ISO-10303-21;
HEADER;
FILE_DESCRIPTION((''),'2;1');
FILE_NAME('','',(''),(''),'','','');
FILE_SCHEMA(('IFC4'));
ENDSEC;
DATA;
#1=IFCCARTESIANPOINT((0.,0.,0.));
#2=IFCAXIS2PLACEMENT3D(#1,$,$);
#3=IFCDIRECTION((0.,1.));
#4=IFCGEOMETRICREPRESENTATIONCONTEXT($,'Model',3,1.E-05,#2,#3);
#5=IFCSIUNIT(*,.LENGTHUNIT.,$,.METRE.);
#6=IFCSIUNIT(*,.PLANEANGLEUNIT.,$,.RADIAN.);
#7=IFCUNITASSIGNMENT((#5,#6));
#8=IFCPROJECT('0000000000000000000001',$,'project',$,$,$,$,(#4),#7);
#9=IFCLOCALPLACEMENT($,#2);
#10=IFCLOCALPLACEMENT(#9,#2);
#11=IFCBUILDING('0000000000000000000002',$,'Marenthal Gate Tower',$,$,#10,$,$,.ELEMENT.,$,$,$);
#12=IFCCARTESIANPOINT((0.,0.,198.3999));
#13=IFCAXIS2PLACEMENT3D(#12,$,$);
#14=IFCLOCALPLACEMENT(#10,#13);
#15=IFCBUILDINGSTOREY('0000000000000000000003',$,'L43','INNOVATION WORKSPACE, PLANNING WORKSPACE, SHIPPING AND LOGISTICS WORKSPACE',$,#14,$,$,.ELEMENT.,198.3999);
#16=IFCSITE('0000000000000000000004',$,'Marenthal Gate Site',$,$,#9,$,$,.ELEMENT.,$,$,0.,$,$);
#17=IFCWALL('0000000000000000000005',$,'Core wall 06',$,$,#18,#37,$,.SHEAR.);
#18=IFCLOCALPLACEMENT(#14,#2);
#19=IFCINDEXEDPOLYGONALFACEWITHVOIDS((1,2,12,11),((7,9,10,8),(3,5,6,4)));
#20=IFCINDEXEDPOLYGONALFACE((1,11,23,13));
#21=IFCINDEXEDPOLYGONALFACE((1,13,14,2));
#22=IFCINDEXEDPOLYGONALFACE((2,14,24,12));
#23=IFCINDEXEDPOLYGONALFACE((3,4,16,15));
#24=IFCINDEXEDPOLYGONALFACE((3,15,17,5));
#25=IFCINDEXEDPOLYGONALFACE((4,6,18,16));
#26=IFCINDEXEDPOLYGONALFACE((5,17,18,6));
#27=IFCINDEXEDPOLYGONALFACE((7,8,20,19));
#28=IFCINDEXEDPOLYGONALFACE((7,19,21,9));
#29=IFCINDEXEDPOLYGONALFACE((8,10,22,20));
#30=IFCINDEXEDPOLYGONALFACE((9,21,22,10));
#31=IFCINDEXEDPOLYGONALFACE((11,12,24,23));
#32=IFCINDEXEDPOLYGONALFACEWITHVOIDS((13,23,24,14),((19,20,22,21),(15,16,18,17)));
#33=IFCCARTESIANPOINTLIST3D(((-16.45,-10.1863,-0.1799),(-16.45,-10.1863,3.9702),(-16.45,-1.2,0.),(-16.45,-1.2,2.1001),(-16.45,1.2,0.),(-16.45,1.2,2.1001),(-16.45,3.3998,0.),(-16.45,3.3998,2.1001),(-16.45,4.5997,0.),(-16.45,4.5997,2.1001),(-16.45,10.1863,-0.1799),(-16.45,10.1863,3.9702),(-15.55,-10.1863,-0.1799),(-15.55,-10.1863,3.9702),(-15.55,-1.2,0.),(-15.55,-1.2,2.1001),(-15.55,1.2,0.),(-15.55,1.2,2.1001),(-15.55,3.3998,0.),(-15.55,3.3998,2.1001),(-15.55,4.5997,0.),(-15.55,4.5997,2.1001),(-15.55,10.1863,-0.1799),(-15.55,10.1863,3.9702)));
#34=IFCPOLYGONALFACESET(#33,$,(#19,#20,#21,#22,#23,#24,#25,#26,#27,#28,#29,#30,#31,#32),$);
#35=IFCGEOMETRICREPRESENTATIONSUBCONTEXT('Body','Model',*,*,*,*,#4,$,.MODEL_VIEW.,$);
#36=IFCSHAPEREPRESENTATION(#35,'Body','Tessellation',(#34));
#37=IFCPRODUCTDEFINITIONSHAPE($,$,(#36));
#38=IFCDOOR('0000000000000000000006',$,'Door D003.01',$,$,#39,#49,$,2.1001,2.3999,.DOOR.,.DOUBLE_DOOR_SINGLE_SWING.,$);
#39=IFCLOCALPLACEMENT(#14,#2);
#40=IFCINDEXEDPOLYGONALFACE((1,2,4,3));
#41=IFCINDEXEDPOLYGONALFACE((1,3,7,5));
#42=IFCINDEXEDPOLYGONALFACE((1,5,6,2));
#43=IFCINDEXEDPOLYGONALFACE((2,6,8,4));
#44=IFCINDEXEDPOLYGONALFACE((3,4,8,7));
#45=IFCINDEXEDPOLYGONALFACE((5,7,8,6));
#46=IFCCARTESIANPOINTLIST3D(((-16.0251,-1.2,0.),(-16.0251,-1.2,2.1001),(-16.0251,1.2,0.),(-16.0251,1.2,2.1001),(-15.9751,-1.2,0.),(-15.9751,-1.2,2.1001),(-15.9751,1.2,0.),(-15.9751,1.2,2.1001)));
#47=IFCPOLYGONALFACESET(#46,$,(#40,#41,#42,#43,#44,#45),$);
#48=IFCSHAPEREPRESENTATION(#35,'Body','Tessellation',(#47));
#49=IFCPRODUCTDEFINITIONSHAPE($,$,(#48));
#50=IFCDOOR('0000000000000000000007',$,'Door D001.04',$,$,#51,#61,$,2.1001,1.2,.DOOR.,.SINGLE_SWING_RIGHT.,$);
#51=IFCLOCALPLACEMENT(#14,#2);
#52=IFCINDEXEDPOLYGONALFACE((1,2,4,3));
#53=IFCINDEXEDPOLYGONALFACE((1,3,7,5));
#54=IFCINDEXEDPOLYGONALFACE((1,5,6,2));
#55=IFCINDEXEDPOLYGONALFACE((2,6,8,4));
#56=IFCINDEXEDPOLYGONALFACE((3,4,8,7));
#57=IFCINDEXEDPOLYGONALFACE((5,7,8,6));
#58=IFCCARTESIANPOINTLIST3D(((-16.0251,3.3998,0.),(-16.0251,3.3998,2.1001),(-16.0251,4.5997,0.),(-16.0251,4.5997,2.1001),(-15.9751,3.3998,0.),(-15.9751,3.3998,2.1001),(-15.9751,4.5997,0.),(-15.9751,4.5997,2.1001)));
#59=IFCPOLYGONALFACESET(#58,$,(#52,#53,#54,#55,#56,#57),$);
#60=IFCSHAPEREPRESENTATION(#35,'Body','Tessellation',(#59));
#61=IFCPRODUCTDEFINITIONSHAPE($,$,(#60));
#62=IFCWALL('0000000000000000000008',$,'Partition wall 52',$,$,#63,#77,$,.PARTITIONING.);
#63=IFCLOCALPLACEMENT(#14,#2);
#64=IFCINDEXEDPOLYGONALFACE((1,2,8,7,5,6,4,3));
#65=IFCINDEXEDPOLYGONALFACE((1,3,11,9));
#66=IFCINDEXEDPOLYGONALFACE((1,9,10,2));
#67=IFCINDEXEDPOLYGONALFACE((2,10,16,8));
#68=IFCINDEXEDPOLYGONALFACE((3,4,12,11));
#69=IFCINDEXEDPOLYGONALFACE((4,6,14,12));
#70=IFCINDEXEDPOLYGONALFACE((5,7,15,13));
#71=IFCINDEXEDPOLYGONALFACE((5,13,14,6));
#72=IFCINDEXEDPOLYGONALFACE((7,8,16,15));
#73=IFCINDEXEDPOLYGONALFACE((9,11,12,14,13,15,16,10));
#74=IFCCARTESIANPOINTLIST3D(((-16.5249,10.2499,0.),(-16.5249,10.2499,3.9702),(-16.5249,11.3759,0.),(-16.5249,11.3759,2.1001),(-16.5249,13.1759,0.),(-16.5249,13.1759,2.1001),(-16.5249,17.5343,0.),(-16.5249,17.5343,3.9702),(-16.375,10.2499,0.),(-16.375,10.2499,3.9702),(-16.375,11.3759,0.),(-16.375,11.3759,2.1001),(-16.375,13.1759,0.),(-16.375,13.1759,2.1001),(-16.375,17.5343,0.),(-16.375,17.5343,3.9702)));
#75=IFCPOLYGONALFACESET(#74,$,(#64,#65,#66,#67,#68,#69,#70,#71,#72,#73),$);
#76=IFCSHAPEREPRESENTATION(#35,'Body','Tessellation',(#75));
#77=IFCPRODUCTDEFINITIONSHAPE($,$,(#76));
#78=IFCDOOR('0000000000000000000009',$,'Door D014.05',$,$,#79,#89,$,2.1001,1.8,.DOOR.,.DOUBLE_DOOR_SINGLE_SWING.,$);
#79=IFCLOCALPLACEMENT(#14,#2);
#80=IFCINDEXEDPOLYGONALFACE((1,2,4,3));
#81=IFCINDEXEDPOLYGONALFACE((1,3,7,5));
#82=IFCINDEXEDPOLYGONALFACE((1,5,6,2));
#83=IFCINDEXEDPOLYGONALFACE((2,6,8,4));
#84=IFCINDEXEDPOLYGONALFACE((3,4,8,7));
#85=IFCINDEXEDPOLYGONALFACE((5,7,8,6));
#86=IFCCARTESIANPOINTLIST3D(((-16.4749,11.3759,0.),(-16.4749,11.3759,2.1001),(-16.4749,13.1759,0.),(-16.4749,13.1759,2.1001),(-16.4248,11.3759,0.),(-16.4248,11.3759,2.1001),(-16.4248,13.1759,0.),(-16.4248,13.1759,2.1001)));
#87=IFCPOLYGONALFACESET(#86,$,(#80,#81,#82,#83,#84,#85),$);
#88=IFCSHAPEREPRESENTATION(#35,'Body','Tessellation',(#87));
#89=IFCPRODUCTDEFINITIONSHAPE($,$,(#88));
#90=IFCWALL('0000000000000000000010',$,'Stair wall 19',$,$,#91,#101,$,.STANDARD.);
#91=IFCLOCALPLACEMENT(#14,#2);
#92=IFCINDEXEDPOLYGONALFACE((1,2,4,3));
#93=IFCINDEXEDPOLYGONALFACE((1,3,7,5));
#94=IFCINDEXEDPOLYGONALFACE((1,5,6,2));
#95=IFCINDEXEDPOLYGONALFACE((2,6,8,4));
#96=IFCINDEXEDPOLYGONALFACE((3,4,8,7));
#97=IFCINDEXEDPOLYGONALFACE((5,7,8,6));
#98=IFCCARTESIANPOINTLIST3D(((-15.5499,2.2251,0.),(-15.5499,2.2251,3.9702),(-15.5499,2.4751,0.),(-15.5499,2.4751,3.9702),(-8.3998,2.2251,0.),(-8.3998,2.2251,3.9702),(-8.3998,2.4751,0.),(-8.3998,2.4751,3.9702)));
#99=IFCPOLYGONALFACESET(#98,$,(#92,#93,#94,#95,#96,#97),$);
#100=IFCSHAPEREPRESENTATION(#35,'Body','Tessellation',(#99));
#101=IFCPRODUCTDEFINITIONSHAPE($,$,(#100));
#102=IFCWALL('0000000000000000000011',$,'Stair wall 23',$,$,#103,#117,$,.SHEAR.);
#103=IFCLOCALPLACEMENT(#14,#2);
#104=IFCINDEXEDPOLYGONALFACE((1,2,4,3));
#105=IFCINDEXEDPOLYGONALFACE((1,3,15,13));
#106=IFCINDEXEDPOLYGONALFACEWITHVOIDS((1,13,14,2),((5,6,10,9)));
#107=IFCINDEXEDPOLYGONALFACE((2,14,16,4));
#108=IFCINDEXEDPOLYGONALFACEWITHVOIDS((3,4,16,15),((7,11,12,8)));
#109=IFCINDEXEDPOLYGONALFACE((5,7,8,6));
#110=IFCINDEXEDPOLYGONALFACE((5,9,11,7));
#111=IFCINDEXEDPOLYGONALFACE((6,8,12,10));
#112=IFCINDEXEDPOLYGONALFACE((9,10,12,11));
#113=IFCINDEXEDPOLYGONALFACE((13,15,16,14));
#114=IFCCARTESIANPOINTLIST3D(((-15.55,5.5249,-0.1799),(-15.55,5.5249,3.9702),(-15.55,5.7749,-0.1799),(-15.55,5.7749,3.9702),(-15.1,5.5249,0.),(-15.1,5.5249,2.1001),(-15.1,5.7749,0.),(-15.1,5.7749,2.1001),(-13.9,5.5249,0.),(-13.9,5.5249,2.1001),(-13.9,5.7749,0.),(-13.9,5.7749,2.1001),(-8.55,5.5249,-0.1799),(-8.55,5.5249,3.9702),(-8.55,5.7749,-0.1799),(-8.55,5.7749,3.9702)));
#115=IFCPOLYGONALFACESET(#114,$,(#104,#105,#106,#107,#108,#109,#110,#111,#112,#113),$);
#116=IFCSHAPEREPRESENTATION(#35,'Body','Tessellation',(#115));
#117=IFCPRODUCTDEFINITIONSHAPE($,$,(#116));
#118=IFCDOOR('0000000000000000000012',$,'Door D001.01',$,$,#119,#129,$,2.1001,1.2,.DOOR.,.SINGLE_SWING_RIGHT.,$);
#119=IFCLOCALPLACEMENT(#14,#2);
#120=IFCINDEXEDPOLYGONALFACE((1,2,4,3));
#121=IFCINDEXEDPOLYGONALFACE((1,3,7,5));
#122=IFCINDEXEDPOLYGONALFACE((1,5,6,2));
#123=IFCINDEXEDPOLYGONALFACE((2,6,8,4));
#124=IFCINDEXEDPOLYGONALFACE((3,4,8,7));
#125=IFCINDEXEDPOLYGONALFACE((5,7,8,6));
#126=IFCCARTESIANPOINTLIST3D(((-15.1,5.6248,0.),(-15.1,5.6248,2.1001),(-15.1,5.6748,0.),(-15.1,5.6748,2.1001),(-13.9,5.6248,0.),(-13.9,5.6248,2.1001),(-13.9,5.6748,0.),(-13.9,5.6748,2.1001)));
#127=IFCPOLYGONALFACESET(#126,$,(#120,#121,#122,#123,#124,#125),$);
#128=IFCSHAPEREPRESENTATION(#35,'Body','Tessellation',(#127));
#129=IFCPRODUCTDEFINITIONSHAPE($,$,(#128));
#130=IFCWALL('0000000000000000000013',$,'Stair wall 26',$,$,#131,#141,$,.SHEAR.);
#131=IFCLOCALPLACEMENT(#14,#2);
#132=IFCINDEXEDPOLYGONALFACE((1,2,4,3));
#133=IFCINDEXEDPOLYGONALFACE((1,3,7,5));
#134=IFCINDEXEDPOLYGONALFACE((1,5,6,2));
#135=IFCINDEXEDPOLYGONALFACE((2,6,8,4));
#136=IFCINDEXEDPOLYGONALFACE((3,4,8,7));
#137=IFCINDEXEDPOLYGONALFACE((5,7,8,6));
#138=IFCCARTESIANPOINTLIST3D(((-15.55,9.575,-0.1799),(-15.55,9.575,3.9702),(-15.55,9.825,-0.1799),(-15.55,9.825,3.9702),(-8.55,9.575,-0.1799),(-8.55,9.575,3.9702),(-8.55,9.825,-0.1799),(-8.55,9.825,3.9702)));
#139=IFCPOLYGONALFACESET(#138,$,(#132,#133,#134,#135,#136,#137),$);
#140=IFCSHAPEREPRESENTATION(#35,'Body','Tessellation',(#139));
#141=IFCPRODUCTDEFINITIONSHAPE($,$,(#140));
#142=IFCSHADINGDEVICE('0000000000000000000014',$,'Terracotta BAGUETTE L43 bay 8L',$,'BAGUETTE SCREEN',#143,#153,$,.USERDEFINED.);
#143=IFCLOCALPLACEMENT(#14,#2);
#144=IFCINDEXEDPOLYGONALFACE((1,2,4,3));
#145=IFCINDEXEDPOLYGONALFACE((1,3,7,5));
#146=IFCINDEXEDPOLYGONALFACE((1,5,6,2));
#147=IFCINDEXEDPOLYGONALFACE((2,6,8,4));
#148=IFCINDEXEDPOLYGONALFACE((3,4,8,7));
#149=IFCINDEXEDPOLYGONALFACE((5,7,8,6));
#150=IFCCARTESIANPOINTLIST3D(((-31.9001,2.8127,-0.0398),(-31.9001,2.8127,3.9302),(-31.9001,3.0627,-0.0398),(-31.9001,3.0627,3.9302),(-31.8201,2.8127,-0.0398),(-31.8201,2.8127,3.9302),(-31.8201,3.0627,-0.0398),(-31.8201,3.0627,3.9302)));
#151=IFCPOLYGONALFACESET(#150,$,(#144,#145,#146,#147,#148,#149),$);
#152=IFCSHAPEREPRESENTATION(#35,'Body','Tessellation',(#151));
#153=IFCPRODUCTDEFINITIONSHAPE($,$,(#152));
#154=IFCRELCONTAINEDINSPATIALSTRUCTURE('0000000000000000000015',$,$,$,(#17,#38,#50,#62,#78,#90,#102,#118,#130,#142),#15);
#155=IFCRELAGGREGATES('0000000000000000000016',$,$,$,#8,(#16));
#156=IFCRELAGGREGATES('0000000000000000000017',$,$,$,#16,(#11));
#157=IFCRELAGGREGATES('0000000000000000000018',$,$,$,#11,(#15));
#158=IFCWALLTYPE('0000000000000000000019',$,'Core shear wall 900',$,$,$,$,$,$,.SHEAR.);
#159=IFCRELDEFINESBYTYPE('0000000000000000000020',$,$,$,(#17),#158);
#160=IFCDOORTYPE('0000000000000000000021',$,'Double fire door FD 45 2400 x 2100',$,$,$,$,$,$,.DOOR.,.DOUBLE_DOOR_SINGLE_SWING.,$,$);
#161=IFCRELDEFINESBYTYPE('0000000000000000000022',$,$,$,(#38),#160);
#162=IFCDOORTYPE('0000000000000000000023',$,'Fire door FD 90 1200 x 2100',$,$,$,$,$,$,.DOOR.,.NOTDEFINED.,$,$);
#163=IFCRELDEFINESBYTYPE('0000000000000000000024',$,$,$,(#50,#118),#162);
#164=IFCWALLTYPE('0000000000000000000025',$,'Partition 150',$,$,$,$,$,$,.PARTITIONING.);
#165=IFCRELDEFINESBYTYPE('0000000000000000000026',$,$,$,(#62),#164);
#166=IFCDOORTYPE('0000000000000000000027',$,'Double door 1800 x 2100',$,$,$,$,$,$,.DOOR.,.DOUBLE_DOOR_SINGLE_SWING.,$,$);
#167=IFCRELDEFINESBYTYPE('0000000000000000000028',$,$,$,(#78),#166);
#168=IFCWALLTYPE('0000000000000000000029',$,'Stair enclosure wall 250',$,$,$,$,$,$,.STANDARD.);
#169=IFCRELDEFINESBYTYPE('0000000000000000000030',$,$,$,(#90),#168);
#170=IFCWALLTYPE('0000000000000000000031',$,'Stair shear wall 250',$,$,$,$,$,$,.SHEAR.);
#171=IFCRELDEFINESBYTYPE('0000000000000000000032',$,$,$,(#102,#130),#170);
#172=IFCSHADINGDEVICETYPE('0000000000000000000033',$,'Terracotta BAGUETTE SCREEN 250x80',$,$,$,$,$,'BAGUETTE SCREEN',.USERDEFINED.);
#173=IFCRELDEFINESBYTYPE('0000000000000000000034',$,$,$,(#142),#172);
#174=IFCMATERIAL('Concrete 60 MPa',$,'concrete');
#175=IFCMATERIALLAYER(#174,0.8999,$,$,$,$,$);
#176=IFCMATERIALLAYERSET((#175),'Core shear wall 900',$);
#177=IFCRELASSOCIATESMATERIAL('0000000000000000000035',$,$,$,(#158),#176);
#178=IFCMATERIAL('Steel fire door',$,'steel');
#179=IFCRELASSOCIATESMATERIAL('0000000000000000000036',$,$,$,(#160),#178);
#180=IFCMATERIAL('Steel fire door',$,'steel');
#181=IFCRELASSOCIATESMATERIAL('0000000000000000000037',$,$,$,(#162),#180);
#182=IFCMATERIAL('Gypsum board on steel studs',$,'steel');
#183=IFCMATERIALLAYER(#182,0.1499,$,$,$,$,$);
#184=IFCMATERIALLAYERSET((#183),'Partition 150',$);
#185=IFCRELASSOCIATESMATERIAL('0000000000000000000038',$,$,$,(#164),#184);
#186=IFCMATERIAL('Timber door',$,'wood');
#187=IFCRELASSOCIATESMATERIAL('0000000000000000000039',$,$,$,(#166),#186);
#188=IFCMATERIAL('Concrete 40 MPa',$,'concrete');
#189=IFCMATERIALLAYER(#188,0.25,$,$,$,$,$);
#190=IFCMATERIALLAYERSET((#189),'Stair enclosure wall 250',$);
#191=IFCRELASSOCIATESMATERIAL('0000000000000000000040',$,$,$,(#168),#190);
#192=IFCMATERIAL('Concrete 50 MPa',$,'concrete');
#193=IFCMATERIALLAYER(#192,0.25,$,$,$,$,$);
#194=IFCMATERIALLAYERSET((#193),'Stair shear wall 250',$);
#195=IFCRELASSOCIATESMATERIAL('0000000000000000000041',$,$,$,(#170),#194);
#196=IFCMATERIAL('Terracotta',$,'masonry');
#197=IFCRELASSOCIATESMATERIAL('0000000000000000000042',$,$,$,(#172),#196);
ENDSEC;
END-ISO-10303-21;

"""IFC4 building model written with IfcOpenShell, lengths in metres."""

from ifc_helpers import new_model, si_unit, direction, frame, frame_2d, origin, origin_2d, place, context, subcontext, project, spatial, rectangle, extrude, material, layer, layer_set, material_profile, profile_set, type_object, element, fill, save


model = new_model("IFC4")

# Units and contexts
model_context = context("Model", 3, precision=1e-05, world=origin(), true_north=direction((0.0, 1.0)))
body_context = subcontext(model_context, "Body", "Model", "MODEL_VIEW")
ifc_project = project(units=[si_unit("LENGTHUNIT", "METRE"), si_unit("PLANEANGLEUNIT", "RADIAN")], contexts=[model_context])

# Site, building, storey
site_placement = place(None, origin())
site = spatial("IfcSite", under=ifc_project, at=site_placement, Name="Marenthal Gate Site", CompositionType="ELEMENT", RefElevation=0.0)
building_placement = place(site_placement, origin())
building = spatial("IfcBuilding", under=site, at=building_placement, Name="Marenthal Gate Tower", CompositionType="ELEMENT")
storey_placement = place(building_placement, frame((0.0, 0.0, 198.3999)))
storey = spatial("IfcBuildingStorey", under=building, at=storey_placement, Name="L43", Description="INNOVATION WORKSPACE, PLANNING WORKSPACE, SHIPPING AND LOGISTICS WORKSPACE", CompositionType="ELEMENT", Elevation=198.3999)

# Wall, openings, doors
ifc_material_1 = material(Name="Concrete 60 MPa", Category="concrete")
ifc_layer_1 = layer(ifc_material_1, 0.8999)
ifc_layer_set_1 = layer_set([ifc_layer_1], Name="Core shear wall 900")
wall_type_1 = type_object("IfcWallType", Name="Core shear wall 900", PredefinedType="SHEAR", material=ifc_layer_set_1)
wall_1_placement = place(storey_placement, frame((-16.0, 10.1863, -0.1799), z_axis=(0.0, 0.0, 1.0), x_axis=(0.0, -1.0, 0.0)))
wall_1 = element("IfcWall", 1, at=wall_1_placement, inside=storey, type_object=wall_type_1, Name="Core wall 06", PredefinedType="SHEAR", context=body_context, shape_type="SweptSolid", body=[
    extrude(rectangle(XDim=20.3726, YDim=0.8999, at=frame_2d((10.1863, 0.0))), origin(), (0.0, 0.0, 1.0), 4.1501),
])
opening_1_placement = place(wall_1_placement, frame((8.9863, 0.0, 0.1799)))
opening_1 = element("IfcOpeningElement", 2, at=opening_1_placement, cuts=wall_1, PredefinedType="OPENING", context=body_context, shape_type="SweptSolid", body=[
    extrude(rectangle(XDim=2.3999, YDim=2.1001, at=frame_2d((1.2, 1.05))), frame((0.0, 0.46, 0.0), z_axis=(0.0, -1.0, 0.0), x_axis=(1.0, 0.0, 0.0)), (0.0, 0.0, 1.0), 0.9199),
])
opening_2_placement = place(wall_1_placement, frame((5.5864, 0.0, 0.1799)))
opening_2 = element("IfcOpeningElement", 3, at=opening_2_placement, cuts=wall_1, PredefinedType="OPENING", context=body_context, shape_type="SweptSolid", body=[
    extrude(rectangle(XDim=1.2, YDim=2.1001, at=frame_2d((0.6001, 1.05))), frame((0.0, 0.46, 0.0), z_axis=(0.0, -1.0, 0.0), x_axis=(1.0, 0.0, 0.0)), (0.0, 0.0, 1.0), 0.9199),
])
ifc_material_2 = material(Name="Steel fire door", Category="steel")
door_type_1 = type_object("IfcDoorType", Name="Double fire door FD 45 2400 x 2100", OperationType="DOUBLE_DOOR_SINGLE_SWING", PredefinedType="DOOR", material=ifc_material_2)
door_1_placement = place(opening_1_placement, origin())
door_1 = element("IfcDoor", 4, at=door_1_placement, inside=storey, type_object=door_type_1, Name="Door D003.01", OperationType="DOUBLE_DOOR_SINGLE_SWING", OverallHeight=2.1001, OverallWidth=2.3999, PredefinedType="DOOR", context=body_context, shape_type="SweptSolid", body=[
    extrude(rectangle(XDim=2.3999, YDim=2.1001, at=frame_2d((1.2, 1.05))), frame((0.0, 0.0249, 0.0), z_axis=(0.0, -1.0, 0.0), x_axis=(1.0, 0.0, 0.0)), (0.0, 0.0, 1.0), 0.05),
])
fill(opening_1, door_1)
ifc_material_3 = material(Name="Steel fire door", Category="steel")
door_type_2 = type_object("IfcDoorType", Name="Fire door FD 90 1200 x 2100", OperationType="NOTDEFINED", PredefinedType="DOOR", material=ifc_material_3)
door_2_placement = place(opening_2_placement, origin())
door_2 = element("IfcDoor", 5, at=door_2_placement, inside=storey, type_object=door_type_2, Name="Door D001.04", OperationType="SINGLE_SWING_RIGHT", OverallHeight=2.1001, OverallWidth=1.2, PredefinedType="DOOR", context=body_context, shape_type="SweptSolid", body=[
    extrude(rectangle(XDim=1.2, YDim=2.1001, at=frame_2d((0.6001, 1.05))), frame((0.0, 0.0249, 0.0), z_axis=(0.0, -1.0, 0.0), x_axis=(1.0, 0.0, 0.0)), (0.0, 0.0, 1.0), 0.05),
])
fill(opening_2, door_2)

# Wall, opening, door
ifc_material_4 = material(Name="Gypsum board on steel studs", Category="steel")
ifc_layer_2 = layer(ifc_material_4, 0.1499)
ifc_layer_set_2 = layer_set([ifc_layer_2], Name="Partition 150")
wall_type_2 = type_object("IfcWallType", Name="Partition 150", PredefinedType="PARTITIONING", material=ifc_layer_set_2)
wall_2_placement = place(storey_placement, frame((-16.45, 10.25, 0.0), z_axis=(0.0, 0.0, 1.0), x_axis=(0.0, 1.0, 0.0)))
wall_2 = element("IfcWall", 6, at=wall_2_placement, inside=storey, type_object=wall_type_2, Name="Partition wall 52", PredefinedType="PARTITIONING", context=body_context, shape_type="SweptSolid", body=[
    extrude(rectangle(XDim=7.2844, YDim=0.1499, at=frame_2d((3.6421, 0.0))), origin(), (0.0, 0.0, 1.0), 3.9702),
])
opening_3_placement = place(wall_2_placement, frame((1.126, 0.0, 0.0)))
opening_3 = element("IfcOpeningElement", 7, at=opening_3_placement, cuts=wall_2, PredefinedType="OPENING", context=body_context, shape_type="SweptSolid", body=[
    extrude(rectangle(XDim=1.8, YDim=2.1001, at=frame_2d((0.8999, 1.05))), frame((0.0, 0.085, 0.0), z_axis=(0.0, -1.0, 0.0), x_axis=(1.0, 0.0, 0.0)), (0.0, 0.0, 1.0), 0.1699),
])
ifc_material_5 = material(Name="Timber door", Category="wood")
door_type_3 = type_object("IfcDoorType", Name="Double door 1800 x 2100", OperationType="DOUBLE_DOOR_SINGLE_SWING", PredefinedType="DOOR", material=ifc_material_5)
door_3_placement = place(opening_3_placement, origin())
door_3 = element("IfcDoor", 8, at=door_3_placement, inside=storey, type_object=door_type_3, Name="Door D014.05", OperationType="DOUBLE_DOOR_SINGLE_SWING", OverallHeight=2.1001, OverallWidth=1.8, PredefinedType="DOOR", context=body_context, shape_type="SweptSolid", body=[
    extrude(rectangle(XDim=1.8, YDim=2.1001, at=frame_2d((0.8999, 1.05))), frame((0.0, 0.0249, 0.0), z_axis=(0.0, -1.0, 0.0), x_axis=(1.0, 0.0, 0.0)), (0.0, 0.0, 1.0), 0.05),
])
fill(opening_3, door_3)

# Wall
ifc_material_6 = material(Name="Concrete 40 MPa", Category="concrete")
ifc_layer_3 = layer(ifc_material_6, 0.25)
ifc_layer_set_3 = layer_set([ifc_layer_3], Name="Stair enclosure wall 250")
wall_type_3 = type_object("IfcWallType", Name="Stair enclosure wall 250", PredefinedType="STANDARD", material=ifc_layer_set_3)
wall_3_placement = place(storey_placement, frame((-15.55, 2.3501, 0.0), z_axis=(0.0, 0.0, 1.0), x_axis=(1.0, 0.0, 0.0)))
element("IfcWall", 9, at=wall_3_placement, inside=storey, type_object=wall_type_3, Name="Stair wall 19", PredefinedType="STANDARD", context=body_context, shape_type="SweptSolid", body=[
    extrude(rectangle(XDim=7.1501, YDim=0.25, at=frame_2d((3.5752, 0.0))), origin(), (0.0, 0.0, 1.0), 3.9702),
])

# Wall, opening, door
ifc_material_7 = material(Name="Concrete 50 MPa", Category="concrete")
ifc_layer_4 = layer(ifc_material_7, 0.25)
ifc_layer_set_4 = layer_set([ifc_layer_4], Name="Stair shear wall 250")
wall_type_4 = type_object("IfcWallType", Name="Stair shear wall 250", PredefinedType="SHEAR", material=ifc_layer_set_4)
wall_4_placement = place(storey_placement, frame((-15.55, 5.6499, -0.1799), z_axis=(0.0, 0.0, 1.0), x_axis=(1.0, 0.0, 0.0)))
wall_4 = element("IfcWall", 10, at=wall_4_placement, inside=storey, type_object=wall_type_4, Name="Stair wall 23", PredefinedType="SHEAR", context=body_context, shape_type="SweptSolid", body=[
    extrude(rectangle(XDim=7.0, YDim=0.25, at=frame_2d((3.5, 0.0))), origin(), (0.0, 0.0, 1.0), 4.1501),
])
opening_4_placement = place(wall_4_placement, frame((0.45, 0.0, 0.1799)))
opening_4 = element("IfcOpeningElement", 11, at=opening_4_placement, cuts=wall_4, PredefinedType="OPENING", context=body_context, shape_type="SweptSolid", body=[
    extrude(rectangle(XDim=1.2, YDim=2.1001, at=frame_2d((0.6001, 1.05))), frame((0.0, 0.135, 0.0), z_axis=(0.0, -1.0, 0.0), x_axis=(1.0, 0.0, 0.0)), (0.0, 0.0, 1.0), 0.27),
])
door_4_placement = place(opening_4_placement, origin())
door_4 = element("IfcDoor", 12, at=door_4_placement, inside=storey, type_object=door_type_2, Name="Door D001.01", OperationType="SINGLE_SWING_RIGHT", OverallHeight=2.1001, OverallWidth=1.2, PredefinedType="DOOR", context=body_context, shape_type="SweptSolid", body=[
    extrude(rectangle(XDim=1.2, YDim=2.1001, at=frame_2d((0.6001, 1.05))), frame((0.0, 0.0249, 0.0), z_axis=(0.0, -1.0, 0.0), x_axis=(1.0, 0.0, 0.0)), (0.0, 0.0, 1.0), 0.05),
])
fill(opening_4, door_4)

# Wall
wall_5_placement = place(storey_placement, frame((-15.55, 9.7, -0.1799), z_axis=(0.0, 0.0, 1.0), x_axis=(1.0, 0.0, 0.0)))
element("IfcWall", 13, at=wall_5_placement, inside=storey, type_object=wall_type_4, Name="Stair wall 26", PredefinedType="SHEAR", context=body_context, shape_type="SweptSolid", body=[
    extrude(rectangle(XDim=7.0, YDim=0.25, at=frame_2d((3.5, 0.0))), origin(), (0.0, 0.0, 1.0), 4.1501),
])

# Shading device
ifc_material_8 = material(Name="Terracotta", Category="masonry")
ifc_material_profile_1 = material_profile(ifc_material_8, rectangle(XDim=0.25, YDim=0.0801, at=origin_2d()), Name="Terracotta baguette 250x80")
ifc_profile_set_1 = profile_set([ifc_material_profile_1], Name="Terracotta")
shading_device_type = type_object("IfcShadingDeviceType", Name="Terracotta BAGUETTE SCREEN 250x80", ElementType="BAGUETTE SCREEN", PredefinedType="USERDEFINED", material=ifc_profile_set_1)
shading_device_placement = place(storey_placement, frame((-31.8601, 2.9377, -0.0398), z_axis=(0.0, 0.0, 1.0), x_axis=(0.0, -1.0, 0.0)))
element("IfcShadingDevice", 14, at=shading_device_placement, inside=storey, type_object=shading_device_type, Name="Terracotta BAGUETTE L43 bay 8L", ObjectType="BAGUETTE SCREEN", PredefinedType="USERDEFINED", context=body_context, shape_type="SweptSolid", body=[
    extrude(rectangle(XDim=0.25, YDim=0.0801, at=origin_2d()), origin(), (0.0, 0.0, 1.0), 3.97),
])

save(model, "model.ifc")
